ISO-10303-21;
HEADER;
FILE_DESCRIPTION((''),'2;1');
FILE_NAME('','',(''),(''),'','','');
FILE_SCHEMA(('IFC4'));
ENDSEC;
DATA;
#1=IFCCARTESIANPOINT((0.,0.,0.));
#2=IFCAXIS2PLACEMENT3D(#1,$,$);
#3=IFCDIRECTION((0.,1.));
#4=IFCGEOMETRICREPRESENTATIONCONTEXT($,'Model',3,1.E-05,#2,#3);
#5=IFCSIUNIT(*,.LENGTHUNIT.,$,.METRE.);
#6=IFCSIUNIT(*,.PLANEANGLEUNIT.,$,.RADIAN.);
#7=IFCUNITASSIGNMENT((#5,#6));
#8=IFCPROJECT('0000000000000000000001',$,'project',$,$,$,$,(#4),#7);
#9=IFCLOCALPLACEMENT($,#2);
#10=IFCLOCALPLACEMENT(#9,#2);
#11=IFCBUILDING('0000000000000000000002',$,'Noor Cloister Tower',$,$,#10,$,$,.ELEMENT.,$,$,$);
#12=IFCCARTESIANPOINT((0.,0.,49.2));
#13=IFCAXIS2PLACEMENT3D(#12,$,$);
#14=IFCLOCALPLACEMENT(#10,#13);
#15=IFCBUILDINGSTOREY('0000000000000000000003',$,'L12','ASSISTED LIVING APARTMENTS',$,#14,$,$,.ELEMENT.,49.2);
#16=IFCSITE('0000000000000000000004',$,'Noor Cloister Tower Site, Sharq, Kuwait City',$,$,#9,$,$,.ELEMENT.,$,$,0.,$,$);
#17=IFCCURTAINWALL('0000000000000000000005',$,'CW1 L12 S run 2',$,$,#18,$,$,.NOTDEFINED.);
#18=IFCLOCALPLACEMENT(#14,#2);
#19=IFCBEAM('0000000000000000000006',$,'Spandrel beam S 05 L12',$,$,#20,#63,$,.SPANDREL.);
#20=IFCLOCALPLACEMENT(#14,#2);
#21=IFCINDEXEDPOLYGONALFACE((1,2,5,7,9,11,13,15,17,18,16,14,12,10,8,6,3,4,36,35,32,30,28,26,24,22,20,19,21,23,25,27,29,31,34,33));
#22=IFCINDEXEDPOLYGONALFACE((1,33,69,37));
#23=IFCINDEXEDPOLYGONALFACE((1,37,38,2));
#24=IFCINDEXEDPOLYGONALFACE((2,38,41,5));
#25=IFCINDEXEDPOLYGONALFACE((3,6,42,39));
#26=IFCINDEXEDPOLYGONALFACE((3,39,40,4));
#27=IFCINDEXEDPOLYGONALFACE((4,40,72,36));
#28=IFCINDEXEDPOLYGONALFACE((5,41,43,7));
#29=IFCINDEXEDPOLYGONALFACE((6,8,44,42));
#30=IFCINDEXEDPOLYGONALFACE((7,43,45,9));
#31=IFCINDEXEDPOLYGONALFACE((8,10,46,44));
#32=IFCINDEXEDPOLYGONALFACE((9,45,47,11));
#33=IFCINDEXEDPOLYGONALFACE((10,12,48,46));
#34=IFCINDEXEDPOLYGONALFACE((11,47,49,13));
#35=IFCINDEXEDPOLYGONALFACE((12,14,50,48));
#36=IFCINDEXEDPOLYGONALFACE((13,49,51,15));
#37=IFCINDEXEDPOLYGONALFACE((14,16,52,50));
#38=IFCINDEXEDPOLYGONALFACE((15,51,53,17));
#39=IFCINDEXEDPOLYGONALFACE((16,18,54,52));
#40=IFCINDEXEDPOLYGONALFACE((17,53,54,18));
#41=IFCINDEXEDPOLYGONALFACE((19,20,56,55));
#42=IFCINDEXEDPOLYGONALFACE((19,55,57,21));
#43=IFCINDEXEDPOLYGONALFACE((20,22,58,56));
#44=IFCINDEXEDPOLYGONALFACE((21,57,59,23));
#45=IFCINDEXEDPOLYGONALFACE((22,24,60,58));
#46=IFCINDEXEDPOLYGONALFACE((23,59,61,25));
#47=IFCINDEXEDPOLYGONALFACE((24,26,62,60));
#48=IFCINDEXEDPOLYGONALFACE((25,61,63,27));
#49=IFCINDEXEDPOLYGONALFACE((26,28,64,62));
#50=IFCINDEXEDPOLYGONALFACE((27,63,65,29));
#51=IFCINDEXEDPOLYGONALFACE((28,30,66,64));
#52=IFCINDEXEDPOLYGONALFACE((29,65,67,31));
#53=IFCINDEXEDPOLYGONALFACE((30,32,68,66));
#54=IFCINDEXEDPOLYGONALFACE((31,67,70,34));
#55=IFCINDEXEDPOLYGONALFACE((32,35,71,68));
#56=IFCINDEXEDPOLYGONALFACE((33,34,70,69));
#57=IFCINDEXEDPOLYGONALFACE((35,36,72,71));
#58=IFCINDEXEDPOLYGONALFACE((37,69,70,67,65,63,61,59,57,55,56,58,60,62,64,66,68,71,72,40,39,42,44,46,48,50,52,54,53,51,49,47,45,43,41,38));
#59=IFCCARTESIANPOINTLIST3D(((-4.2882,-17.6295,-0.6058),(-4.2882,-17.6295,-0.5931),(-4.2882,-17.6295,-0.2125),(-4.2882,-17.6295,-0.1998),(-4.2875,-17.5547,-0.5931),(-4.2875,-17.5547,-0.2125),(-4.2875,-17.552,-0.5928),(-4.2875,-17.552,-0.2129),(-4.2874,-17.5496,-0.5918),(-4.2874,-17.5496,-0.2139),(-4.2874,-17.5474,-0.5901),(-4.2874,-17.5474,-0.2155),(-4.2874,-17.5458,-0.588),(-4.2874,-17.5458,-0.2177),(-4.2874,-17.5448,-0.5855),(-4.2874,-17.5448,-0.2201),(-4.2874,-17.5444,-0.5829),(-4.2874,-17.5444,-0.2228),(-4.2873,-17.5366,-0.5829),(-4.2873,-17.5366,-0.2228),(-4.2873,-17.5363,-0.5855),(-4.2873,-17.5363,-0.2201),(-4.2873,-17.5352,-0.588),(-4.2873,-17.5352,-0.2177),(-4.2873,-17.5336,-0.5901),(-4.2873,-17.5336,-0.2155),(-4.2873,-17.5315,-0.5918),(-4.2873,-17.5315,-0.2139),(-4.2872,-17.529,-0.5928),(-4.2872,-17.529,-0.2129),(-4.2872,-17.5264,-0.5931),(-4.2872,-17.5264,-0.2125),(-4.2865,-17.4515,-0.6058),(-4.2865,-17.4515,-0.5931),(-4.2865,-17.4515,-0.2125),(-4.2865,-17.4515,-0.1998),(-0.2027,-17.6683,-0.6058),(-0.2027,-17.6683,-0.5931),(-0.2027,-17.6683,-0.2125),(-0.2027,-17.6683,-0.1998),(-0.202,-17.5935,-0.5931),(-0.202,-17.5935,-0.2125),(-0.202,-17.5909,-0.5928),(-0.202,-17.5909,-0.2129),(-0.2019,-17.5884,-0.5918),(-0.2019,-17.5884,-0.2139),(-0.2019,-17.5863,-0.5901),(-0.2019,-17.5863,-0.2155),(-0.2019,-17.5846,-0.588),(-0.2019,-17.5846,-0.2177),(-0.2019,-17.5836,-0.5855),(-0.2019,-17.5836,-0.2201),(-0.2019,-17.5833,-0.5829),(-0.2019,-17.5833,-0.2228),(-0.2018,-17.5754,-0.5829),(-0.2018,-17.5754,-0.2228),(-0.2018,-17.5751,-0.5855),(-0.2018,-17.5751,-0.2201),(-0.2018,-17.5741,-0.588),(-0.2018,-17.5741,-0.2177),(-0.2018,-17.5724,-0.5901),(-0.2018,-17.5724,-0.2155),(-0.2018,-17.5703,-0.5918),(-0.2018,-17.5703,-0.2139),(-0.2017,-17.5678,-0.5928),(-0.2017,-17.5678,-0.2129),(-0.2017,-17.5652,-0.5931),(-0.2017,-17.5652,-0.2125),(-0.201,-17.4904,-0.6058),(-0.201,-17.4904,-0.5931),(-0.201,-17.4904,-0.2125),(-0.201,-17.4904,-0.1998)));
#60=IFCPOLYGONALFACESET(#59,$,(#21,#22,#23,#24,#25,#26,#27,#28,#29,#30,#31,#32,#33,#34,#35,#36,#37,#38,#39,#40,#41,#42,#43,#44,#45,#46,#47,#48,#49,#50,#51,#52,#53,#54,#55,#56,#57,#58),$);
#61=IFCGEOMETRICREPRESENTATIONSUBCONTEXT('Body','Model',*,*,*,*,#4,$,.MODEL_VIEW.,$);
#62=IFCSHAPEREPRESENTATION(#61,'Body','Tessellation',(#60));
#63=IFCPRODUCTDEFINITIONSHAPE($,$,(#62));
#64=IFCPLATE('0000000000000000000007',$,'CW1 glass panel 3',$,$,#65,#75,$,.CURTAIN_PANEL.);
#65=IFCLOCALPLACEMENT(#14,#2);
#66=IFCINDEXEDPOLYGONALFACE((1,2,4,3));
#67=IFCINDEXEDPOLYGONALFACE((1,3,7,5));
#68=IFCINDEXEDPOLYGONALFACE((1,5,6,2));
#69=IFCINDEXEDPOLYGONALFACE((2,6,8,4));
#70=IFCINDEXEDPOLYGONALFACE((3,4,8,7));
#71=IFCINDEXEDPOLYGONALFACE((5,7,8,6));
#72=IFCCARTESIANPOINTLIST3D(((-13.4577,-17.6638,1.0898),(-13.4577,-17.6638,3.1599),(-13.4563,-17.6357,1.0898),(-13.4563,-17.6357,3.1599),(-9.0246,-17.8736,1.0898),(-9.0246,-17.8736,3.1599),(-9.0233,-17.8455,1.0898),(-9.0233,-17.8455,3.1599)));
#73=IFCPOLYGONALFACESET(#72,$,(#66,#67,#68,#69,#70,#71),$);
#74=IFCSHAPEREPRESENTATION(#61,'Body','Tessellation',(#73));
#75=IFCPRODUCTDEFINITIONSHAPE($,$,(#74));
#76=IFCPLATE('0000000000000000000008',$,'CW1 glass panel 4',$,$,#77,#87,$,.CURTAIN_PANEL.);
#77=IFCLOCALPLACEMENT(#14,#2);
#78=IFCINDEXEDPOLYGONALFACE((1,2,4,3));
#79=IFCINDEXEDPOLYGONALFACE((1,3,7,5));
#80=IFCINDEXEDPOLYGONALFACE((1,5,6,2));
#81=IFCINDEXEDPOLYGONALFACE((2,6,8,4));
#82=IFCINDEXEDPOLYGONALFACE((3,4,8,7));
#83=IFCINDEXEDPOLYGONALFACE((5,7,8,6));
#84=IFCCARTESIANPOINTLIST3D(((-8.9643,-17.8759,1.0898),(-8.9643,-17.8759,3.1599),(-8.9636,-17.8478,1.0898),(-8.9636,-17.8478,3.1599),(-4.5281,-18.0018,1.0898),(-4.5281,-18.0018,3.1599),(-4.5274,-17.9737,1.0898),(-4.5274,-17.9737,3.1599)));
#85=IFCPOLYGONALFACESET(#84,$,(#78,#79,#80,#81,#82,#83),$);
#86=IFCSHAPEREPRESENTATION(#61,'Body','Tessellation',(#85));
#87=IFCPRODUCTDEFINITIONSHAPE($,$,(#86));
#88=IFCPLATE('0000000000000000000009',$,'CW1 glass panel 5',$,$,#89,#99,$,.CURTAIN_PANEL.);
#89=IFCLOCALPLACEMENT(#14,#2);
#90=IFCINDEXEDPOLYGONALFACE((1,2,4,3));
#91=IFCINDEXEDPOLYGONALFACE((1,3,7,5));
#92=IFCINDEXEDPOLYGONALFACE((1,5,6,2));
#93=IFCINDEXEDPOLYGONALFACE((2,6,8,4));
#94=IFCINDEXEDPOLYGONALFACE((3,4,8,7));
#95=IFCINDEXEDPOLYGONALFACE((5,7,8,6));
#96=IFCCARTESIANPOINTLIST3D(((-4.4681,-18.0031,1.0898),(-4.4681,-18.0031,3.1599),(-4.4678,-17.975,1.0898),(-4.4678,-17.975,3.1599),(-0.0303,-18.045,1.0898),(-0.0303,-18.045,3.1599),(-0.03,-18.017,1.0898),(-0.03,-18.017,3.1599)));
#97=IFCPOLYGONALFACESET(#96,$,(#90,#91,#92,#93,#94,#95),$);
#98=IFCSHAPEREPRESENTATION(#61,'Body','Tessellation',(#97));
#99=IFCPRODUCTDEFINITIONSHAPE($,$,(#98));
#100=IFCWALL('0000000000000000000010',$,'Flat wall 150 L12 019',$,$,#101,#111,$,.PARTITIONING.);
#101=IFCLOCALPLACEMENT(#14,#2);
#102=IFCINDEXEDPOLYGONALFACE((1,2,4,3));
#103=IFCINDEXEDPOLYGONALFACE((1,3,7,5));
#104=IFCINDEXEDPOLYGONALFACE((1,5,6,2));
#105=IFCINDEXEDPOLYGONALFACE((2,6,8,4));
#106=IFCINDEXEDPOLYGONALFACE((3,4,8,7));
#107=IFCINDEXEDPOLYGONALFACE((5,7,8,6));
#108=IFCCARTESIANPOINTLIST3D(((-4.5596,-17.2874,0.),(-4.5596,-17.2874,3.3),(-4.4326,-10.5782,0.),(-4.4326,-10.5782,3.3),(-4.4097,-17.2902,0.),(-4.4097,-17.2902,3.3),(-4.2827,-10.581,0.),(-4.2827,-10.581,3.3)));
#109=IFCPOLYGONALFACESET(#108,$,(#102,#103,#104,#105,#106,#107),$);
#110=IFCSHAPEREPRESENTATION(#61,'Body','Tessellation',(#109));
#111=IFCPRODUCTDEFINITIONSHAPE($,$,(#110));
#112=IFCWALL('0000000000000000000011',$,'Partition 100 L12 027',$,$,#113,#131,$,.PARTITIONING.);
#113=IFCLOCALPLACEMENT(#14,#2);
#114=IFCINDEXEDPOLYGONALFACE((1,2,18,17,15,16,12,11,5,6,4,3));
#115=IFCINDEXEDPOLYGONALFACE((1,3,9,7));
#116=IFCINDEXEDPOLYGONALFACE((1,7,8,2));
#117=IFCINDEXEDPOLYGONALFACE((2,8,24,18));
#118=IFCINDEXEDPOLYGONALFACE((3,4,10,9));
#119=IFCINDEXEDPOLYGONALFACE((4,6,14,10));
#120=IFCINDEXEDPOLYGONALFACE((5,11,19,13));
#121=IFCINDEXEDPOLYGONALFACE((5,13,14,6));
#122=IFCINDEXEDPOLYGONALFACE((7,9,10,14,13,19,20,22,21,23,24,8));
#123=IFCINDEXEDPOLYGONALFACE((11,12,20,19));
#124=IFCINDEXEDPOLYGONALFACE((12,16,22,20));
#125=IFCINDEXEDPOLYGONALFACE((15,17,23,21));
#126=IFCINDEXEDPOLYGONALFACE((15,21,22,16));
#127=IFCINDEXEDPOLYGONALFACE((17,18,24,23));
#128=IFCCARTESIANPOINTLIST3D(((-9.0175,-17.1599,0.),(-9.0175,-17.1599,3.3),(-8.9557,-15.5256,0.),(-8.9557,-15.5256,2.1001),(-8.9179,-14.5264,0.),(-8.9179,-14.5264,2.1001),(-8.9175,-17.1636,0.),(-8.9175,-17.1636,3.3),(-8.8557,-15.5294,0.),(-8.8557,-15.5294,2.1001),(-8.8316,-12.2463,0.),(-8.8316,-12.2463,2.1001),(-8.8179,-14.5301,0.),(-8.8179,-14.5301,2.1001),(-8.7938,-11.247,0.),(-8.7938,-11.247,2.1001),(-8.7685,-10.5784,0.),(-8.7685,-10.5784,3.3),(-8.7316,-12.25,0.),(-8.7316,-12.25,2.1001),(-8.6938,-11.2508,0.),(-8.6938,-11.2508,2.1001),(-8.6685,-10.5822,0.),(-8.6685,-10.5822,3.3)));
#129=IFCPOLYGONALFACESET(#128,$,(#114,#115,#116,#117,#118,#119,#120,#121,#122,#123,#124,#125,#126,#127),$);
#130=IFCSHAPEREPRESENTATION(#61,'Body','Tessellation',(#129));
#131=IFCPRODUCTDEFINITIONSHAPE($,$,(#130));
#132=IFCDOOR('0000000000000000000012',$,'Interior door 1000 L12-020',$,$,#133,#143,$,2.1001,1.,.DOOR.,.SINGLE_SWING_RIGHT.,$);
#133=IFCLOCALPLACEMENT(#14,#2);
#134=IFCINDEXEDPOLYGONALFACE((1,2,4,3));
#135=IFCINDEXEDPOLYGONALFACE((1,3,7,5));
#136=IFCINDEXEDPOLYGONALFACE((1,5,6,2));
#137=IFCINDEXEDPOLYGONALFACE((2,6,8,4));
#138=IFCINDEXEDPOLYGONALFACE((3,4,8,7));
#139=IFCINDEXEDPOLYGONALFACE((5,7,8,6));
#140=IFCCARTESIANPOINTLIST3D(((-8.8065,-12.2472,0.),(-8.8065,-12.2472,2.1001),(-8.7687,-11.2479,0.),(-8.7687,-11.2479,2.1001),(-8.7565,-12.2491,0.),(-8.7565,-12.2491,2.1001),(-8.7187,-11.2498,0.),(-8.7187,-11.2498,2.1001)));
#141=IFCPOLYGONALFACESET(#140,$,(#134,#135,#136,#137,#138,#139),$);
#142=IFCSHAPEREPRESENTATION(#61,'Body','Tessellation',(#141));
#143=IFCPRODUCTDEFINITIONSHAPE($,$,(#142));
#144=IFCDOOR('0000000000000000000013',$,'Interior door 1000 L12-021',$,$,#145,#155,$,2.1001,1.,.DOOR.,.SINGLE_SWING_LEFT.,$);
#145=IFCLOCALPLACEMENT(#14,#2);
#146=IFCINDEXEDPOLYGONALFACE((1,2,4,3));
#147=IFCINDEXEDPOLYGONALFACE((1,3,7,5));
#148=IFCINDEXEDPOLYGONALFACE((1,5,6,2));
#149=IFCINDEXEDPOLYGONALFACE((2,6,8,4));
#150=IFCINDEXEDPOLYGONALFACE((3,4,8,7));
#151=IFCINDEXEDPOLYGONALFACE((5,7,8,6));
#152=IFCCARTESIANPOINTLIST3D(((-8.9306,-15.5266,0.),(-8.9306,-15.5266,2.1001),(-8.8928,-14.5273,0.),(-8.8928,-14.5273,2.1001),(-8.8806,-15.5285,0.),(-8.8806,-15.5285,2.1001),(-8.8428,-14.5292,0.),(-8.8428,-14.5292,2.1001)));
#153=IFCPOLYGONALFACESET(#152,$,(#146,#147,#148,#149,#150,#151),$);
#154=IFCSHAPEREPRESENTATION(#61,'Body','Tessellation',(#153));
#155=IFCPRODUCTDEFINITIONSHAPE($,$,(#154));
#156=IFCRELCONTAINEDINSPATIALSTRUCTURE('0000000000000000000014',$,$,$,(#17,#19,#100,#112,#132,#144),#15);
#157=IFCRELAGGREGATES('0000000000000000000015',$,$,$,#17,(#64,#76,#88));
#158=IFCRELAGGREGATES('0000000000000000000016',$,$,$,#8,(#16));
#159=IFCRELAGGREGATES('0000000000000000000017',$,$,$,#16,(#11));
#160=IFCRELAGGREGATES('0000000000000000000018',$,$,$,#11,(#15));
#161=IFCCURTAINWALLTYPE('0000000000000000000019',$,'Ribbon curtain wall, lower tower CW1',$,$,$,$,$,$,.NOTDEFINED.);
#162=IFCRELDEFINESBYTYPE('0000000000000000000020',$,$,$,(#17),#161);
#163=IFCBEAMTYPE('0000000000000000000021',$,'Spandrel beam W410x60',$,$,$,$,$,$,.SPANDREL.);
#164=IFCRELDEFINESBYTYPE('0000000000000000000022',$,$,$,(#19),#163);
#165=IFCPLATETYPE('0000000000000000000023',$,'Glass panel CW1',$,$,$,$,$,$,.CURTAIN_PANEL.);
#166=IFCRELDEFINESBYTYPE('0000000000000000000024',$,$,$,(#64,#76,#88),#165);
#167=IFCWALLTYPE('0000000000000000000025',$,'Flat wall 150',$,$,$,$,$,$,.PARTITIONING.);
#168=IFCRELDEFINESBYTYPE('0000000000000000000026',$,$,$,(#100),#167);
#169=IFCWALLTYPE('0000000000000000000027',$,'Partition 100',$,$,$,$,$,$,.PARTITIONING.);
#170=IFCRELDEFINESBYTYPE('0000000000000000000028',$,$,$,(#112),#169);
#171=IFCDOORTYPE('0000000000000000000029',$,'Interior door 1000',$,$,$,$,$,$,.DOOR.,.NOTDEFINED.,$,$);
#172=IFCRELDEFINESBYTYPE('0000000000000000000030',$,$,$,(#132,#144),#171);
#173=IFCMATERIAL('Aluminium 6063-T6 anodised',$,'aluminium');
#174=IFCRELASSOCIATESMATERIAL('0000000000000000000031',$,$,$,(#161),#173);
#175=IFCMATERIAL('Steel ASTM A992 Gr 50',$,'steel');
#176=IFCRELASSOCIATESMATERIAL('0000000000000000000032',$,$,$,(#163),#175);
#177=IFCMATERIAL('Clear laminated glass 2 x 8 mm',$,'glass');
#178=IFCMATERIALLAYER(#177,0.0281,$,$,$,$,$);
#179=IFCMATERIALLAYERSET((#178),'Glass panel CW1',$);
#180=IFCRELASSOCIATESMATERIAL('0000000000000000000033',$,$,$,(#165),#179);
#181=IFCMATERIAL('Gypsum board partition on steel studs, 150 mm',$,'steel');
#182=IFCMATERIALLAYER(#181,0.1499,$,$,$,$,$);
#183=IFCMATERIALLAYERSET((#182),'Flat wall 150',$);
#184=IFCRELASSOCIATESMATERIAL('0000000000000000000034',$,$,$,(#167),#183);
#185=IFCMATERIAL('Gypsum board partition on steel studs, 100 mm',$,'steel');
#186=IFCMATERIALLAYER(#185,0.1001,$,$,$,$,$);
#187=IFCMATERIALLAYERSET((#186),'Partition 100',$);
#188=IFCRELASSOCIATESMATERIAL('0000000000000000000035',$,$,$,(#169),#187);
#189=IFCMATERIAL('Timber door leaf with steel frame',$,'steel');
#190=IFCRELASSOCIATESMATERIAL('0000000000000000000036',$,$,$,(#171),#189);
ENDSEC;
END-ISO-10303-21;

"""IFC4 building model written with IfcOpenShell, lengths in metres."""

from ifc_helpers import new_model, si_unit, direction, frame, frame_2d, origin, origin_2d, place, context, subcontext, project, spatial, rectangle, i_section, extrude, material, layer, layer_set, material_profile, profile_set, type_object, element, fill, aggregate, save


model = new_model("IFC4")

# Units and contexts
model_context = context("Model", 3, precision=1e-05, world=origin(), true_north=direction((0.0, 1.0)))
body_context = subcontext(model_context, "Body", "Model", "MODEL_VIEW")
ifc_project = project(units=[si_unit("LENGTHUNIT", "METRE"), si_unit("PLANEANGLEUNIT", "RADIAN")], contexts=[model_context])

# Site, building, storey
site_placement = place(None, origin())
site = spatial("IfcSite", under=ifc_project, at=site_placement, Name="Noor Cloister Tower Site, Sharq, Kuwait City", CompositionType="ELEMENT", RefElevation=0.0)
building_placement = place(site_placement, origin())
building = spatial("IfcBuilding", under=site, at=building_placement, Name="Noor Cloister Tower", CompositionType="ELEMENT")
storey_placement = place(building_placement, frame((0.0, 0.0, 49.2)))
storey = spatial("IfcBuildingStorey", under=building, at=storey_placement, Name="L12", Description="ASSISTED LIVING APARTMENTS", CompositionType="ELEMENT", Elevation=49.2)

# Curtain wall
ifc_material_1 = material(Name="Aluminium 6063-T6 anodised", Category="aluminium")
curtain_wall_type = type_object("IfcCurtainWallType", Name="Ribbon curtain wall, lower tower CW1", PredefinedType="NOTDEFINED", material=ifc_material_1)
curtain_wall_placement = place(storey_placement, origin())
curtain_wall = element("IfcCurtainWall", 1, at=curtain_wall_placement, inside=storey, type_object=curtain_wall_type, Name="CW1 L12 S run 2", PredefinedType="NOTDEFINED")

# Beam
ifc_material_2 = material(Name="Steel ASTM A992 Gr 50", Category="steel")
ifc_material_profile_1 = material_profile(ifc_material_2, i_section(OverallWidth=0.178, OverallDepth=0.406, WebThickness=0.0078, FlangeThickness=0.0127, FilletRadius=0.0103, at=origin_2d()), Name="W410x60")
ifc_profile_set_1 = profile_set([ifc_material_profile_1], Name="Steel ASTM A992 Gr 50")
beam_type_1 = type_object("IfcBeamType", Name="Spandrel beam W410x60", PredefinedType="SPANDREL", material=ifc_profile_set_1)
for number, where, z_axis, x_axis, name in (
    (2, (-4.2874, -17.5405, -0.4028), (0.999955, -0.009501, 0.0), (0.009501, 0.999955, 0.0), "Spandrel beam S 05 L12"),
):
    element("IfcBeam", number, at=place(storey_placement, frame(where, z_axis=z_axis, x_axis=x_axis)), inside=storey, type_object=beam_type_1, Name=name, PredefinedType="SPANDREL", context=body_context, shape_type="SweptSolid", body=[
        extrude(i_section(OverallWidth=0.178, OverallDepth=0.406, WebThickness=0.0078, FlangeThickness=0.0127, FilletRadius=0.0103, at=origin_2d()), origin(), (0.0, 0.0, 1.0), 4.0857),
    ])

# Plates
ifc_material_3 = material(Name="Clear laminated glass 2 x 8 mm", Category="glass")
ifc_layer_1 = layer(ifc_material_3, 0.0281)
ifc_layer_set_1 = layer_set([ifc_layer_1], Name="Glass panel CW1")
plate_type = type_object("IfcPlateType", Name="Glass panel CW1", PredefinedType="CURTAIN_PANEL", material=ifc_layer_set_1)
plate_1_placement = place(storey_placement, frame((-11.2405, -17.7546, 1.0898), z_axis=(0.0, 0.0, 1.0), x_axis=(0.998882, -0.047272, 0.0)))
plate_1 = element("IfcPlate", 3, at=plate_1_placement, type_object=plate_type, Name="CW1 glass panel 3", PredefinedType="CURTAIN_PANEL", context=body_context, shape_type="SweptSolid", body=[
    extrude(rectangle(XDim=4.438, YDim=0.0281, at=origin_2d()), origin(), (0.0, 0.0, 1.0), 2.0701),
])
plate_2_placement = place(storey_placement, frame((-6.7458, -17.9248, 1.0898), z_axis=(0.0, 0.0, 1.0), x_axis=(0.999597, -0.02837, 0.0)))
plate_2 = element("IfcPlate", 4, at=plate_2_placement, type_object=plate_type, Name="CW1 glass panel 4", PredefinedType="CURTAIN_PANEL", context=body_context, shape_type="SweptSolid", body=[
    extrude(rectangle(XDim=4.438, YDim=0.0281, at=origin_2d()), origin(), (0.0, 0.0, 1.0), 2.0701),
])
plate_3_placement = place(storey_placement, frame((-2.249, -18.01, 1.0898), z_axis=(0.0, 0.0, 1.0), x_axis=(0.999955, -0.009458, 0.0)))
plate_3 = element("IfcPlate", 5, at=plate_3_placement, type_object=plate_type, Name="CW1 glass panel 5", PredefinedType="CURTAIN_PANEL", context=body_context, shape_type="SweptSolid", body=[
    extrude(rectangle(XDim=4.438, YDim=0.0281, at=origin_2d()), origin(), (0.0, 0.0, 1.0), 2.0701),
])
aggregate(curtain_wall, [plate_1, plate_2, plate_3])

# Wall
ifc_material_4 = material(Name="Gypsum board partition on steel studs, 150 mm", Category="steel")
ifc_layer_2 = layer(ifc_material_4, 0.1499)
ifc_layer_set_2 = layer_set([ifc_layer_2], Name="Flat wall 150")
wall_type_1 = type_object("IfcWallType", Name="Flat wall 150", PredefinedType="PARTITIONING", material=ifc_layer_set_2)
wall_1_placement = place(storey_placement, frame((-4.4846, -17.2888, 0.0), z_axis=(0.0, 0.0, 1.0), x_axis=(0.018919, 0.999821, 0.0)))
element("IfcWall", 6, at=wall_1_placement, inside=storey, type_object=wall_type_1, Name="Flat wall 150 L12 019", PredefinedType="PARTITIONING", context=body_context, shape_type="SweptSolid", body=[
    extrude(rectangle(XDim=6.7104, YDim=0.1499, at=frame_2d((3.3552, 0.0))), origin(), (0.0, 0.0, 1.0), 3.3),
])

# Wall, openings, doors
ifc_material_5 = material(Name="Gypsum board partition on steel studs, 100 mm", Category="steel")
ifc_layer_3 = layer(ifc_material_5, 0.1001)
ifc_layer_set_3 = layer_set([ifc_layer_3], Name="Partition 100")
wall_type_2 = type_object("IfcWallType", Name="Partition 100", PredefinedType="PARTITIONING", material=ifc_layer_set_3)
wall_2_placement = place(storey_placement, frame((-8.9675, -17.1616, 0.0), z_axis=(0.0, 0.0, 1.0), x_axis=(0.03781, 0.999285, 0.0)))
wall_2 = element("IfcWall", 7, at=wall_2_placement, inside=storey, type_object=wall_type_2, Name="Partition 100 L12 027", PredefinedType="PARTITIONING", context=body_context, shape_type="SweptSolid", body=[
    extrude(rectangle(XDim=6.5862, YDim=0.1001, at=frame_2d((3.293, 0.0))), origin(), (0.0, 0.0, 1.0), 3.3),
])
opening_1_placement = place(wall_2_placement, frame((4.917, 0.0, 0.0)))
opening_1 = element("IfcOpeningElement", 8, at=opening_1_placement, cuts=wall_2, PredefinedType="OPENING", context=body_context, shape_type="SweptSolid", body=[
    extrude(rectangle(XDim=1.0, YDim=2.1001, at=frame_2d((0.5, 1.05))), frame((0.0, 0.0601, 0.0), z_axis=(0.0, -1.0, 0.0), x_axis=(1.0, 0.0, 0.0)), (0.0, 0.0, 1.0), 0.1201),
])
opening_2_placement = place(wall_2_placement, frame((1.6353, 0.0, 0.0)))
opening_2 = element("IfcOpeningElement", 9, at=opening_2_placement, cuts=wall_2, PredefinedType="OPENING", context=body_context, shape_type="SweptSolid", body=[
    extrude(rectangle(XDim=1.0, YDim=2.1001, at=frame_2d((0.5, 1.05))), frame((0.0, 0.0601, 0.0), z_axis=(0.0, -1.0, 0.0), x_axis=(1.0, 0.0, 0.0)), (0.0, 0.0, 1.0), 0.1201),
])
ifc_material_6 = material(Name="Timber door leaf with steel frame", Category="steel")
door_type = type_object("IfcDoorType", Name="Interior door 1000", OperationType="NOTDEFINED", PredefinedType="DOOR", material=ifc_material_6)
door_1_placement = place(opening_1_placement, origin())
door_1 = element("IfcDoor", 10, at=door_1_placement, inside=storey, type_object=door_type, Name="Interior door 1000 L12-020", OperationType="SINGLE_SWING_RIGHT", OverallHeight=2.1001, OverallWidth=1.0, PredefinedType="DOOR", context=body_context, shape_type="SweptSolid", body=[
    extrude(rectangle(XDim=1.0, YDim=2.1001, at=frame_2d((0.5, 1.05))), frame((0.0, 0.0249, 0.0), z_axis=(0.0, -1.0, 0.0), x_axis=(1.0, 0.0, 0.0)), (0.0, 0.0, 1.0), 0.05),
])
fill(opening_1, door_1)
door_2_placement = place(opening_2_placement, origin())
door_2 = element("IfcDoor", 11, at=door_2_placement, inside=storey, type_object=door_type, Name="Interior door 1000 L12-021", OperationType="SINGLE_SWING_LEFT", OverallHeight=2.1001, OverallWidth=1.0, PredefinedType="DOOR", context=body_context, shape_type="SweptSolid", body=[
    extrude(rectangle(XDim=1.0, YDim=2.1001, at=frame_2d((0.5, 1.05))), frame((0.0, 0.0249, 0.0), z_axis=(0.0, -1.0, 0.0), x_axis=(1.0, 0.0, 0.0)), (0.0, 0.0, 1.0), 0.05),
])
fill(opening_2, door_2)

save(model, "model.ifc")
